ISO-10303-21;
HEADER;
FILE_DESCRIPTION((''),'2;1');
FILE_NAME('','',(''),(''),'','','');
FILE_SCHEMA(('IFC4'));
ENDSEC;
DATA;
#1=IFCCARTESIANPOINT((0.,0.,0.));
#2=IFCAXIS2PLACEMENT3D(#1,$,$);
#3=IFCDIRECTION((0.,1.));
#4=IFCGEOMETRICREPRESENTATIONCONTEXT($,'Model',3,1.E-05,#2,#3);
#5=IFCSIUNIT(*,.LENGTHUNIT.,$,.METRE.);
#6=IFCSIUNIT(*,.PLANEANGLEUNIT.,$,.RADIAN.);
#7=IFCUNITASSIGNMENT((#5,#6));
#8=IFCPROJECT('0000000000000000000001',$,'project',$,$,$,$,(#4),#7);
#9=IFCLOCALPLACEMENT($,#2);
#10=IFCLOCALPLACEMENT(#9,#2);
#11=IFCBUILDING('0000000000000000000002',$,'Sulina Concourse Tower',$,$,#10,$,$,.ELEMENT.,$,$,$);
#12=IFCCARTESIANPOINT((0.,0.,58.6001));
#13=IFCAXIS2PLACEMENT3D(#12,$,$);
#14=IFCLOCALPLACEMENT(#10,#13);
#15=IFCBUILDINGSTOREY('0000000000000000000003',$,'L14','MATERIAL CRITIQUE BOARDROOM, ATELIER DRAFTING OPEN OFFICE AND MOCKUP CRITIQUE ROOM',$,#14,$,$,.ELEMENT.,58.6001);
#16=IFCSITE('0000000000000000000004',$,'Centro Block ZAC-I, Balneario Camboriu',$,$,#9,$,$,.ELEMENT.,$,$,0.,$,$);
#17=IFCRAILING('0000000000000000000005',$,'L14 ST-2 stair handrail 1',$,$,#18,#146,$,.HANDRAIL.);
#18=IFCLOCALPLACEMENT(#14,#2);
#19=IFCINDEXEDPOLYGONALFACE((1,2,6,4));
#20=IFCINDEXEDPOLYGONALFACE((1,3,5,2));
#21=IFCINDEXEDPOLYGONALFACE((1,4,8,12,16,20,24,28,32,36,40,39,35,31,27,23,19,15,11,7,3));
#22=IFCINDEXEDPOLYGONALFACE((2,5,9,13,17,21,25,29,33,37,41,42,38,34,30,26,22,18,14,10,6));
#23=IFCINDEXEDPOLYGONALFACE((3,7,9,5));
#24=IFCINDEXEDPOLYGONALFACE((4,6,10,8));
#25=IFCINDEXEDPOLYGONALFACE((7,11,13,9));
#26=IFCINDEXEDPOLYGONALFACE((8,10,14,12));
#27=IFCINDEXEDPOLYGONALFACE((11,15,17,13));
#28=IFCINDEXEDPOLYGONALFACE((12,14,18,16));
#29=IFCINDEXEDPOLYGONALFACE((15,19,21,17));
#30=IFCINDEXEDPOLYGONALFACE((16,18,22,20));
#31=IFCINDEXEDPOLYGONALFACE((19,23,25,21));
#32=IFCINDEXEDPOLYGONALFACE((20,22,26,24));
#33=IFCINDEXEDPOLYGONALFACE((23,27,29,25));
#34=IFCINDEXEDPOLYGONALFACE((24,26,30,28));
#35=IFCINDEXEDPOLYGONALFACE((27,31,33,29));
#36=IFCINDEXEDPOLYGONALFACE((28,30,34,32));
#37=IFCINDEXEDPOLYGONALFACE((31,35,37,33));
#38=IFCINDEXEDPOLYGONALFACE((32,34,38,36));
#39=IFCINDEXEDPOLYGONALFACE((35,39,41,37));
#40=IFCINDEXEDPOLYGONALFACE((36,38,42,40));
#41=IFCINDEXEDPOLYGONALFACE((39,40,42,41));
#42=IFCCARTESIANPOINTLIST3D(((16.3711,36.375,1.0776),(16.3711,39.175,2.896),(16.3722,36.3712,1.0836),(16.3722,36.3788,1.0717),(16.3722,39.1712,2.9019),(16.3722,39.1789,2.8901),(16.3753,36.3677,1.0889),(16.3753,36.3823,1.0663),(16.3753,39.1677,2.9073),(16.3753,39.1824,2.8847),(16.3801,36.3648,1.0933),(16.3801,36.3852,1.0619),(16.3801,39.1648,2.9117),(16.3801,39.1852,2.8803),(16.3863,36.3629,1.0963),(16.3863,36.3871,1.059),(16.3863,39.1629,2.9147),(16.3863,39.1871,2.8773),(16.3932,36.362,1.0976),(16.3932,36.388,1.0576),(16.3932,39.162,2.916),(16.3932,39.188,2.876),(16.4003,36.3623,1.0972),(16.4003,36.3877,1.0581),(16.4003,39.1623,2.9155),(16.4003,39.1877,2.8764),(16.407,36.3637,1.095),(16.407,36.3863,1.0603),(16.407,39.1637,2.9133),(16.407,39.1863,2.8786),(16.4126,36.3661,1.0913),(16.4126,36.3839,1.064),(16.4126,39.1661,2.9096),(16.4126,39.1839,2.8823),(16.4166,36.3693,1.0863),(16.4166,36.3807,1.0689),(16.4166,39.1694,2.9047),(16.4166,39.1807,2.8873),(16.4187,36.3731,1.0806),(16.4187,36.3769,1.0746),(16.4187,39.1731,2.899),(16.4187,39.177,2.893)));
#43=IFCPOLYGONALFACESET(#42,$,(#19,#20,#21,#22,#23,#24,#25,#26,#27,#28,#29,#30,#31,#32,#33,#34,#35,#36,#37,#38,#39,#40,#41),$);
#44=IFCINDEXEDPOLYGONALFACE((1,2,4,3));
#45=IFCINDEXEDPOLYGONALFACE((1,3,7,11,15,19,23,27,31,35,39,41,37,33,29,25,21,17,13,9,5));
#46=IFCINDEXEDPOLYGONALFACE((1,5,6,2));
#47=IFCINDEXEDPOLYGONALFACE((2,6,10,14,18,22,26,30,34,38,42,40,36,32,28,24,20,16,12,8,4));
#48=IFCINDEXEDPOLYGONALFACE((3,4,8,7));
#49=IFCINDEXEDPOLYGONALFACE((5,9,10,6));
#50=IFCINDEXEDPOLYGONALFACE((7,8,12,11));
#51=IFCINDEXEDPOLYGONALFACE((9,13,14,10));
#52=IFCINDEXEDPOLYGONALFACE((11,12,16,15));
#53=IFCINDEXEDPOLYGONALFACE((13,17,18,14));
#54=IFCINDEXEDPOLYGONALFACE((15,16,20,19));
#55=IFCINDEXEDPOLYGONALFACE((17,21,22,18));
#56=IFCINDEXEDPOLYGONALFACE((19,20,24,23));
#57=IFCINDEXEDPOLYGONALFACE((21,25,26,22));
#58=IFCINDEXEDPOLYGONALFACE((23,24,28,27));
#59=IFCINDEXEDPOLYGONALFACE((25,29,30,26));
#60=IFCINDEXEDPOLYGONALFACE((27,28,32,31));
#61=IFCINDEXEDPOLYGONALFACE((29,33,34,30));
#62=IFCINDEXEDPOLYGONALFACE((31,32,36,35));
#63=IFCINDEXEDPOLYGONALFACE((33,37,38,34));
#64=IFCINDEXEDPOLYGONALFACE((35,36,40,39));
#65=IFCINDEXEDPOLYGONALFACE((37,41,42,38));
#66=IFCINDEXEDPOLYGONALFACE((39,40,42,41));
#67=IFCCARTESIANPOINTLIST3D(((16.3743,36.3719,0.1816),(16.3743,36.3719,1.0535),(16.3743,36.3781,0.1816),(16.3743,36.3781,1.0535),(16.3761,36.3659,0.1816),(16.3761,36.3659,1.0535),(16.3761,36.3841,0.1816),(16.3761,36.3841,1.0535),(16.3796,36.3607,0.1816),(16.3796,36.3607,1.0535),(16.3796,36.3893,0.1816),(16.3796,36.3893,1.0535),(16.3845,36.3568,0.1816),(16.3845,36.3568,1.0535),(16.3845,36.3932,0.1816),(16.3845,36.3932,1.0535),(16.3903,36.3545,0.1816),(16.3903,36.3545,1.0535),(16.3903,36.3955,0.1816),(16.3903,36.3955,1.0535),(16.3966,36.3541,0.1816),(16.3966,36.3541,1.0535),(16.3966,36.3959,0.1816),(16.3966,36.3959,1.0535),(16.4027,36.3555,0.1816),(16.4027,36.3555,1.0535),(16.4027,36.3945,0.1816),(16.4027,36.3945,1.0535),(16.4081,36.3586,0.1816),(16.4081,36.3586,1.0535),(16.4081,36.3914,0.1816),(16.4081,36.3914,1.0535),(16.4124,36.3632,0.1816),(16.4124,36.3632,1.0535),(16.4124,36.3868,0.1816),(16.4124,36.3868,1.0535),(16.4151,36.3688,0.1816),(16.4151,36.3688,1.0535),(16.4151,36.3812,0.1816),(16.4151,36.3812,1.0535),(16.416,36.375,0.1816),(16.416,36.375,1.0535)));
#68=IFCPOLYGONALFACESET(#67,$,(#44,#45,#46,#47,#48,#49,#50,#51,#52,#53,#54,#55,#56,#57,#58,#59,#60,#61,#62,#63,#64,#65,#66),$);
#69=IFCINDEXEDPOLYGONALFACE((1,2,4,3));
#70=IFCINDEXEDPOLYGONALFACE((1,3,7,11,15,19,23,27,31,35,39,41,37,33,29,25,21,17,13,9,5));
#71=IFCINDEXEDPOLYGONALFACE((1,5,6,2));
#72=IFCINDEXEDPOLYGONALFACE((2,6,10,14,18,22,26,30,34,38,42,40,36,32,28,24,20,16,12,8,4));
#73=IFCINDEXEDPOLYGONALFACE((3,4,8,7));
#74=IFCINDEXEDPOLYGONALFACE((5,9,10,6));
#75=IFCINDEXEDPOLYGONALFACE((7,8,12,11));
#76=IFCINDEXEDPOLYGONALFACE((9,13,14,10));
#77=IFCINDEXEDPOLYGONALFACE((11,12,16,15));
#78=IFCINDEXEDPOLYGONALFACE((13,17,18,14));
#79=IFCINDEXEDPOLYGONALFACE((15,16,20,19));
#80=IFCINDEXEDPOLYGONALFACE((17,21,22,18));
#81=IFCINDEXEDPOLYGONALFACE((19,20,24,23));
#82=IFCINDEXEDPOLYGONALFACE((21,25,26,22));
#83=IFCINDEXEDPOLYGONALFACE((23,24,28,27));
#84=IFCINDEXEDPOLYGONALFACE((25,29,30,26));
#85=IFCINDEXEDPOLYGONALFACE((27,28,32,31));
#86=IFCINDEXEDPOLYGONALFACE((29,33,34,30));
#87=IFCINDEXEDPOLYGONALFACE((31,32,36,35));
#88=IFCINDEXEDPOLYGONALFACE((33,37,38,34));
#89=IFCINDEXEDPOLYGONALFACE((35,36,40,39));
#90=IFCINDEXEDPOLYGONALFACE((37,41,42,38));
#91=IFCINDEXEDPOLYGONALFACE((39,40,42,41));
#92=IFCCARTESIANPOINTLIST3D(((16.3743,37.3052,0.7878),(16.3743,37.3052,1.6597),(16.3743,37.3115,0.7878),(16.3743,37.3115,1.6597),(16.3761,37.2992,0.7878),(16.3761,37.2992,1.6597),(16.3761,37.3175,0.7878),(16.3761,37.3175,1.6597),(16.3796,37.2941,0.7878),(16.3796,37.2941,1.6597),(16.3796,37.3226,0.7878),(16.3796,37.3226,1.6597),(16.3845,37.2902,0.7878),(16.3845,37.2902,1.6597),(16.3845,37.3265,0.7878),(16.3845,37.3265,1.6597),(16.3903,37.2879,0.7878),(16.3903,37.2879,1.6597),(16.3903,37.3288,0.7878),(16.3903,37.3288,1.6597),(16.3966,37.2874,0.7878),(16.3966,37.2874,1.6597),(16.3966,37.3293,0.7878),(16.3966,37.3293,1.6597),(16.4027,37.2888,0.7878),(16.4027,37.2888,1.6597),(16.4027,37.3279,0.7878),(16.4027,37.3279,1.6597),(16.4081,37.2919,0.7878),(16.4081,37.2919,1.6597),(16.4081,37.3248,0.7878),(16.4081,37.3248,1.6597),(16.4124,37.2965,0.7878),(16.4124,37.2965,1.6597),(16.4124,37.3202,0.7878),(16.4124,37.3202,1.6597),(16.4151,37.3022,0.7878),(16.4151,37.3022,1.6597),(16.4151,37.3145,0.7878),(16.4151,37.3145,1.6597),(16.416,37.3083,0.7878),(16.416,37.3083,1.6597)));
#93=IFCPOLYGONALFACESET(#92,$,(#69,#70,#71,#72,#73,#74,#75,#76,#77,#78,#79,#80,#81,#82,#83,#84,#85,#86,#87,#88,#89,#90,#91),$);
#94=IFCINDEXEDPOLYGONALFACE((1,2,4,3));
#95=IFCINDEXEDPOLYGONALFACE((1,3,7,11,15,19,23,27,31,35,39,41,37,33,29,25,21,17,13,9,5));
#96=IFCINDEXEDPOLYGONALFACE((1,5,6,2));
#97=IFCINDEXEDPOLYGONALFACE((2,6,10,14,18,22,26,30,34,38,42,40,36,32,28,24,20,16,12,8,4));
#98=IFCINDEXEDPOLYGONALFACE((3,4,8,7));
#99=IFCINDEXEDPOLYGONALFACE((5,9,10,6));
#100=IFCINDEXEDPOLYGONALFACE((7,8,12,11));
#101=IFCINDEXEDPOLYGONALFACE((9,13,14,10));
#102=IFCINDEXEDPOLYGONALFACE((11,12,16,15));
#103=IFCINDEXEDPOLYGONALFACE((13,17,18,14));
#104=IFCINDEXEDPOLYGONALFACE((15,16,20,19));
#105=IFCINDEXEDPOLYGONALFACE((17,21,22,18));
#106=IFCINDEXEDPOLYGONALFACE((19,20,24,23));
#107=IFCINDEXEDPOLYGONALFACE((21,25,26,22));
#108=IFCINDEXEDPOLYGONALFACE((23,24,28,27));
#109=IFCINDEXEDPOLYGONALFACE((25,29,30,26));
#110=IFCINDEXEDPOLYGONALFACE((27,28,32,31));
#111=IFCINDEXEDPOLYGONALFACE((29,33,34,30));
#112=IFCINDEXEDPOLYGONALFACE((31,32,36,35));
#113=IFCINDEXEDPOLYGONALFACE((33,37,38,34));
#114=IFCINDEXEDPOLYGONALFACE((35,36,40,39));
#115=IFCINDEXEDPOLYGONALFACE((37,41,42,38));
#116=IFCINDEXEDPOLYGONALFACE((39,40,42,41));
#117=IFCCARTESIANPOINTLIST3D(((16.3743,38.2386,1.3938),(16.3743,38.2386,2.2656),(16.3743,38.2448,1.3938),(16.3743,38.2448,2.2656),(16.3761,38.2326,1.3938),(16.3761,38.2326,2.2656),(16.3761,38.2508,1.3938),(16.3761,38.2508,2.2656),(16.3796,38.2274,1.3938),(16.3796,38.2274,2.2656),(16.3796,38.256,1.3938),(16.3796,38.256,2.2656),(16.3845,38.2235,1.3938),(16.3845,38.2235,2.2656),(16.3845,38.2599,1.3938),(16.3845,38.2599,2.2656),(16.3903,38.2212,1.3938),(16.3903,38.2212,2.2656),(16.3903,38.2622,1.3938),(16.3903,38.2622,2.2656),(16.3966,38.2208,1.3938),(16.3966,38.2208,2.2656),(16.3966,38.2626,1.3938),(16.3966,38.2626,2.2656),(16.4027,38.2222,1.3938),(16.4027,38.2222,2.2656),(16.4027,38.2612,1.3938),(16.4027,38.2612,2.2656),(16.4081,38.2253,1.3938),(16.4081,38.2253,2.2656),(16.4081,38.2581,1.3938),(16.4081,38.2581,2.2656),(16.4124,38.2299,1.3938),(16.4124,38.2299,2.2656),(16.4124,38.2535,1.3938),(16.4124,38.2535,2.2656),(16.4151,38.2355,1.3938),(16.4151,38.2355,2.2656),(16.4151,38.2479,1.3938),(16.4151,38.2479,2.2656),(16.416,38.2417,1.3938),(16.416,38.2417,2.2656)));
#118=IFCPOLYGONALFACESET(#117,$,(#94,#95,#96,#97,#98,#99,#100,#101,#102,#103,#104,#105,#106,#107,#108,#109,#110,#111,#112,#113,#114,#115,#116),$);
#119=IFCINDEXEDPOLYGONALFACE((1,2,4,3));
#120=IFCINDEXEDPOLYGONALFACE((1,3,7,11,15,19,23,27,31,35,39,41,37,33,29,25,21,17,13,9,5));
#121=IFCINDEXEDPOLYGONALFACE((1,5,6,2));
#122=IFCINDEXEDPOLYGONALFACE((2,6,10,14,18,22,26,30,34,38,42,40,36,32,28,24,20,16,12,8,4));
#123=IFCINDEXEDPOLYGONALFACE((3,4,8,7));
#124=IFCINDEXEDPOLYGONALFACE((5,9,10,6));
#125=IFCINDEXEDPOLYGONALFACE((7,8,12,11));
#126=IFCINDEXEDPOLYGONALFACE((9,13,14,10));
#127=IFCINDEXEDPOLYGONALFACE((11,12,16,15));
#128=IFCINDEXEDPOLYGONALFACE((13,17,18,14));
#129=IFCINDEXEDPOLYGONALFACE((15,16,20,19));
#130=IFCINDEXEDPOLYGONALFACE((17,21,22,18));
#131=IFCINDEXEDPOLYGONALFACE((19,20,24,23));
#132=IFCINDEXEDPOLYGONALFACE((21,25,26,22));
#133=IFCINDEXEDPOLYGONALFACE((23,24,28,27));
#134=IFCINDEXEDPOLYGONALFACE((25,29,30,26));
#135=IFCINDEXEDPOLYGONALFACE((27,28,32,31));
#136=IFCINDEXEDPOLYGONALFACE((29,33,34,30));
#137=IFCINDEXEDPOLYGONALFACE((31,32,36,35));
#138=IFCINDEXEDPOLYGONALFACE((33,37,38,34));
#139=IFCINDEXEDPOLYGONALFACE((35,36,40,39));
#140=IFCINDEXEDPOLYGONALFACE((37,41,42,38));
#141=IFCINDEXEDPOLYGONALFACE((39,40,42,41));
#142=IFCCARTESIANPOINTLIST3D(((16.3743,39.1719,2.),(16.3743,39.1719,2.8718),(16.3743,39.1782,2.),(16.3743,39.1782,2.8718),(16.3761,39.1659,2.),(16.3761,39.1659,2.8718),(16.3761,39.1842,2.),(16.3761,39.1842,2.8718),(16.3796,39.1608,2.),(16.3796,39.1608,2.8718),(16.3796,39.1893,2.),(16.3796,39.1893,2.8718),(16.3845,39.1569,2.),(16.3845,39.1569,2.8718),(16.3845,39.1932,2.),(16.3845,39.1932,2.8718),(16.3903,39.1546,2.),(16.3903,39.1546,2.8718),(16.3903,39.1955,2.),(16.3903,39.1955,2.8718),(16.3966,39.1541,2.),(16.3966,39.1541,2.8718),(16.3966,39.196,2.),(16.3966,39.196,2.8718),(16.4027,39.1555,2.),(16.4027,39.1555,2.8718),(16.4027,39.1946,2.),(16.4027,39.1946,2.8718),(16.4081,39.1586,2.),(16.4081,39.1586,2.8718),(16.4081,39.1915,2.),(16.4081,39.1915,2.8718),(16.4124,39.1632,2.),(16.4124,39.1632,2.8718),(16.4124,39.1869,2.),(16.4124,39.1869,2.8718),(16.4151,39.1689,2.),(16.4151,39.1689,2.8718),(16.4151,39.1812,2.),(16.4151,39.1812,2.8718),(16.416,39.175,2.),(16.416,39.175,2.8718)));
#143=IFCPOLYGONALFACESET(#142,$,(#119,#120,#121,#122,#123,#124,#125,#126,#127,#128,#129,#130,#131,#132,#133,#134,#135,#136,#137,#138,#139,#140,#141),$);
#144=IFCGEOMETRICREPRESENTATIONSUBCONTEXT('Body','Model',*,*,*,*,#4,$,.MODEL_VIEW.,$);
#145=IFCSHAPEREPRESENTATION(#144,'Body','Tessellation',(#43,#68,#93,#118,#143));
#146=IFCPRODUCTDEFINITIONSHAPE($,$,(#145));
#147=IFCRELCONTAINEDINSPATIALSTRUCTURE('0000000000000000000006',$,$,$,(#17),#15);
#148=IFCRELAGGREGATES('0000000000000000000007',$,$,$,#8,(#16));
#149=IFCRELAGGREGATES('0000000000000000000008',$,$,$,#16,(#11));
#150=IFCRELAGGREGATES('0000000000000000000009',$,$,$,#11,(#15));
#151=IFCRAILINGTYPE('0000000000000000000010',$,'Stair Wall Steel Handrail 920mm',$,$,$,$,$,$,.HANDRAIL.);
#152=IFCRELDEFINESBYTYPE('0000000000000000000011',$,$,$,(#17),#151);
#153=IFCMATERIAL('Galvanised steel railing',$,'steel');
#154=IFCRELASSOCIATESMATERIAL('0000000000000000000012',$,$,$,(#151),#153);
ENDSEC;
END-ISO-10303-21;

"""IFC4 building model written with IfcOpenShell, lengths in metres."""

from ifc_helpers import new_model, si_unit, direction, frame, origin, origin_2d, place, context, subcontext, project, spatial, circle, extrude, material, type_object, element, save


model = new_model("IFC4")

# Units and contexts
model_context = context("Model", 3, precision=1e-05, world=origin(), true_north=direction((0.0, 1.0)))
body_context = subcontext(model_context, "Body", "Model", "MODEL_VIEW")
ifc_project = project(units=[si_unit("LENGTHUNIT", "METRE"), si_unit("PLANEANGLEUNIT", "RADIAN")], contexts=[model_context])

# Site, building, storey
site_placement = place(None, origin())
site = spatial("IfcSite", under=ifc_project, at=site_placement, Name="Centro Block ZAC-I, Balneario Camboriu", CompositionType="ELEMENT", RefElevation=0.0)
building_placement = place(site_placement, origin())
building = spatial("IfcBuilding", under=site, at=building_placement, Name="Sulina Concourse Tower", CompositionType="ELEMENT")
storey_placement = place(building_placement, frame((0.0, 0.0, 58.6001)))
storey = spatial("IfcBuildingStorey", under=building, at=storey_placement, Name="L14", Description="MATERIAL CRITIQUE BOARDROOM, ATELIER DRAFTING OPEN OFFICE AND MOCKUP CRITIQUE ROOM", CompositionType="ELEMENT", Elevation=58.6001)

# Railing
ifc_material_1 = material(Name="Galvanised steel railing", Category="steel")
railing_type_1 = type_object("IfcRailingType", Name="Stair Wall Steel Handrail 920mm", PredefinedType="HANDRAIL", material=ifc_material_1)
railing_1_placement = place(storey_placement, frame((16.395, 36.375, 0.1816)))
element("IfcRailing", 1, at=railing_1_placement, inside=storey, type_object=railing_type_1, Name="L14 ST-2 stair handrail 1", PredefinedType="HANDRAIL", context=body_context, shape_type="SweptSolid", body=[
    extrude(circle(Radius=0.0239, at=origin_2d()), frame((0.0, 0.0, 0.896), z_axis=(0.0, 0.838672, 0.544636), x_axis=(-1.0, 0.0, 0.0)), (0.0, 0.0, 1.0), 3.3386),
    extrude(circle(Radius=0.021, at=origin_2d()), origin(), (0.0, 0.0, 1.0), 0.8718),
    extrude(circle(Radius=0.021, at=origin_2d()), frame((0.0, 0.9333, 0.6062)), (0.0, 0.0, 1.0), 0.8718),
    extrude(circle(Radius=0.021, at=origin_2d()), frame((0.0, 1.8667, 1.2122)), (0.0, 0.0, 1.0), 0.8718),
    extrude(circle(Radius=0.021, at=origin_2d()), frame((0.0, 2.8, 1.8184)), (0.0, 0.0, 1.0), 0.8718),
])

save(model, "model.ifc")
